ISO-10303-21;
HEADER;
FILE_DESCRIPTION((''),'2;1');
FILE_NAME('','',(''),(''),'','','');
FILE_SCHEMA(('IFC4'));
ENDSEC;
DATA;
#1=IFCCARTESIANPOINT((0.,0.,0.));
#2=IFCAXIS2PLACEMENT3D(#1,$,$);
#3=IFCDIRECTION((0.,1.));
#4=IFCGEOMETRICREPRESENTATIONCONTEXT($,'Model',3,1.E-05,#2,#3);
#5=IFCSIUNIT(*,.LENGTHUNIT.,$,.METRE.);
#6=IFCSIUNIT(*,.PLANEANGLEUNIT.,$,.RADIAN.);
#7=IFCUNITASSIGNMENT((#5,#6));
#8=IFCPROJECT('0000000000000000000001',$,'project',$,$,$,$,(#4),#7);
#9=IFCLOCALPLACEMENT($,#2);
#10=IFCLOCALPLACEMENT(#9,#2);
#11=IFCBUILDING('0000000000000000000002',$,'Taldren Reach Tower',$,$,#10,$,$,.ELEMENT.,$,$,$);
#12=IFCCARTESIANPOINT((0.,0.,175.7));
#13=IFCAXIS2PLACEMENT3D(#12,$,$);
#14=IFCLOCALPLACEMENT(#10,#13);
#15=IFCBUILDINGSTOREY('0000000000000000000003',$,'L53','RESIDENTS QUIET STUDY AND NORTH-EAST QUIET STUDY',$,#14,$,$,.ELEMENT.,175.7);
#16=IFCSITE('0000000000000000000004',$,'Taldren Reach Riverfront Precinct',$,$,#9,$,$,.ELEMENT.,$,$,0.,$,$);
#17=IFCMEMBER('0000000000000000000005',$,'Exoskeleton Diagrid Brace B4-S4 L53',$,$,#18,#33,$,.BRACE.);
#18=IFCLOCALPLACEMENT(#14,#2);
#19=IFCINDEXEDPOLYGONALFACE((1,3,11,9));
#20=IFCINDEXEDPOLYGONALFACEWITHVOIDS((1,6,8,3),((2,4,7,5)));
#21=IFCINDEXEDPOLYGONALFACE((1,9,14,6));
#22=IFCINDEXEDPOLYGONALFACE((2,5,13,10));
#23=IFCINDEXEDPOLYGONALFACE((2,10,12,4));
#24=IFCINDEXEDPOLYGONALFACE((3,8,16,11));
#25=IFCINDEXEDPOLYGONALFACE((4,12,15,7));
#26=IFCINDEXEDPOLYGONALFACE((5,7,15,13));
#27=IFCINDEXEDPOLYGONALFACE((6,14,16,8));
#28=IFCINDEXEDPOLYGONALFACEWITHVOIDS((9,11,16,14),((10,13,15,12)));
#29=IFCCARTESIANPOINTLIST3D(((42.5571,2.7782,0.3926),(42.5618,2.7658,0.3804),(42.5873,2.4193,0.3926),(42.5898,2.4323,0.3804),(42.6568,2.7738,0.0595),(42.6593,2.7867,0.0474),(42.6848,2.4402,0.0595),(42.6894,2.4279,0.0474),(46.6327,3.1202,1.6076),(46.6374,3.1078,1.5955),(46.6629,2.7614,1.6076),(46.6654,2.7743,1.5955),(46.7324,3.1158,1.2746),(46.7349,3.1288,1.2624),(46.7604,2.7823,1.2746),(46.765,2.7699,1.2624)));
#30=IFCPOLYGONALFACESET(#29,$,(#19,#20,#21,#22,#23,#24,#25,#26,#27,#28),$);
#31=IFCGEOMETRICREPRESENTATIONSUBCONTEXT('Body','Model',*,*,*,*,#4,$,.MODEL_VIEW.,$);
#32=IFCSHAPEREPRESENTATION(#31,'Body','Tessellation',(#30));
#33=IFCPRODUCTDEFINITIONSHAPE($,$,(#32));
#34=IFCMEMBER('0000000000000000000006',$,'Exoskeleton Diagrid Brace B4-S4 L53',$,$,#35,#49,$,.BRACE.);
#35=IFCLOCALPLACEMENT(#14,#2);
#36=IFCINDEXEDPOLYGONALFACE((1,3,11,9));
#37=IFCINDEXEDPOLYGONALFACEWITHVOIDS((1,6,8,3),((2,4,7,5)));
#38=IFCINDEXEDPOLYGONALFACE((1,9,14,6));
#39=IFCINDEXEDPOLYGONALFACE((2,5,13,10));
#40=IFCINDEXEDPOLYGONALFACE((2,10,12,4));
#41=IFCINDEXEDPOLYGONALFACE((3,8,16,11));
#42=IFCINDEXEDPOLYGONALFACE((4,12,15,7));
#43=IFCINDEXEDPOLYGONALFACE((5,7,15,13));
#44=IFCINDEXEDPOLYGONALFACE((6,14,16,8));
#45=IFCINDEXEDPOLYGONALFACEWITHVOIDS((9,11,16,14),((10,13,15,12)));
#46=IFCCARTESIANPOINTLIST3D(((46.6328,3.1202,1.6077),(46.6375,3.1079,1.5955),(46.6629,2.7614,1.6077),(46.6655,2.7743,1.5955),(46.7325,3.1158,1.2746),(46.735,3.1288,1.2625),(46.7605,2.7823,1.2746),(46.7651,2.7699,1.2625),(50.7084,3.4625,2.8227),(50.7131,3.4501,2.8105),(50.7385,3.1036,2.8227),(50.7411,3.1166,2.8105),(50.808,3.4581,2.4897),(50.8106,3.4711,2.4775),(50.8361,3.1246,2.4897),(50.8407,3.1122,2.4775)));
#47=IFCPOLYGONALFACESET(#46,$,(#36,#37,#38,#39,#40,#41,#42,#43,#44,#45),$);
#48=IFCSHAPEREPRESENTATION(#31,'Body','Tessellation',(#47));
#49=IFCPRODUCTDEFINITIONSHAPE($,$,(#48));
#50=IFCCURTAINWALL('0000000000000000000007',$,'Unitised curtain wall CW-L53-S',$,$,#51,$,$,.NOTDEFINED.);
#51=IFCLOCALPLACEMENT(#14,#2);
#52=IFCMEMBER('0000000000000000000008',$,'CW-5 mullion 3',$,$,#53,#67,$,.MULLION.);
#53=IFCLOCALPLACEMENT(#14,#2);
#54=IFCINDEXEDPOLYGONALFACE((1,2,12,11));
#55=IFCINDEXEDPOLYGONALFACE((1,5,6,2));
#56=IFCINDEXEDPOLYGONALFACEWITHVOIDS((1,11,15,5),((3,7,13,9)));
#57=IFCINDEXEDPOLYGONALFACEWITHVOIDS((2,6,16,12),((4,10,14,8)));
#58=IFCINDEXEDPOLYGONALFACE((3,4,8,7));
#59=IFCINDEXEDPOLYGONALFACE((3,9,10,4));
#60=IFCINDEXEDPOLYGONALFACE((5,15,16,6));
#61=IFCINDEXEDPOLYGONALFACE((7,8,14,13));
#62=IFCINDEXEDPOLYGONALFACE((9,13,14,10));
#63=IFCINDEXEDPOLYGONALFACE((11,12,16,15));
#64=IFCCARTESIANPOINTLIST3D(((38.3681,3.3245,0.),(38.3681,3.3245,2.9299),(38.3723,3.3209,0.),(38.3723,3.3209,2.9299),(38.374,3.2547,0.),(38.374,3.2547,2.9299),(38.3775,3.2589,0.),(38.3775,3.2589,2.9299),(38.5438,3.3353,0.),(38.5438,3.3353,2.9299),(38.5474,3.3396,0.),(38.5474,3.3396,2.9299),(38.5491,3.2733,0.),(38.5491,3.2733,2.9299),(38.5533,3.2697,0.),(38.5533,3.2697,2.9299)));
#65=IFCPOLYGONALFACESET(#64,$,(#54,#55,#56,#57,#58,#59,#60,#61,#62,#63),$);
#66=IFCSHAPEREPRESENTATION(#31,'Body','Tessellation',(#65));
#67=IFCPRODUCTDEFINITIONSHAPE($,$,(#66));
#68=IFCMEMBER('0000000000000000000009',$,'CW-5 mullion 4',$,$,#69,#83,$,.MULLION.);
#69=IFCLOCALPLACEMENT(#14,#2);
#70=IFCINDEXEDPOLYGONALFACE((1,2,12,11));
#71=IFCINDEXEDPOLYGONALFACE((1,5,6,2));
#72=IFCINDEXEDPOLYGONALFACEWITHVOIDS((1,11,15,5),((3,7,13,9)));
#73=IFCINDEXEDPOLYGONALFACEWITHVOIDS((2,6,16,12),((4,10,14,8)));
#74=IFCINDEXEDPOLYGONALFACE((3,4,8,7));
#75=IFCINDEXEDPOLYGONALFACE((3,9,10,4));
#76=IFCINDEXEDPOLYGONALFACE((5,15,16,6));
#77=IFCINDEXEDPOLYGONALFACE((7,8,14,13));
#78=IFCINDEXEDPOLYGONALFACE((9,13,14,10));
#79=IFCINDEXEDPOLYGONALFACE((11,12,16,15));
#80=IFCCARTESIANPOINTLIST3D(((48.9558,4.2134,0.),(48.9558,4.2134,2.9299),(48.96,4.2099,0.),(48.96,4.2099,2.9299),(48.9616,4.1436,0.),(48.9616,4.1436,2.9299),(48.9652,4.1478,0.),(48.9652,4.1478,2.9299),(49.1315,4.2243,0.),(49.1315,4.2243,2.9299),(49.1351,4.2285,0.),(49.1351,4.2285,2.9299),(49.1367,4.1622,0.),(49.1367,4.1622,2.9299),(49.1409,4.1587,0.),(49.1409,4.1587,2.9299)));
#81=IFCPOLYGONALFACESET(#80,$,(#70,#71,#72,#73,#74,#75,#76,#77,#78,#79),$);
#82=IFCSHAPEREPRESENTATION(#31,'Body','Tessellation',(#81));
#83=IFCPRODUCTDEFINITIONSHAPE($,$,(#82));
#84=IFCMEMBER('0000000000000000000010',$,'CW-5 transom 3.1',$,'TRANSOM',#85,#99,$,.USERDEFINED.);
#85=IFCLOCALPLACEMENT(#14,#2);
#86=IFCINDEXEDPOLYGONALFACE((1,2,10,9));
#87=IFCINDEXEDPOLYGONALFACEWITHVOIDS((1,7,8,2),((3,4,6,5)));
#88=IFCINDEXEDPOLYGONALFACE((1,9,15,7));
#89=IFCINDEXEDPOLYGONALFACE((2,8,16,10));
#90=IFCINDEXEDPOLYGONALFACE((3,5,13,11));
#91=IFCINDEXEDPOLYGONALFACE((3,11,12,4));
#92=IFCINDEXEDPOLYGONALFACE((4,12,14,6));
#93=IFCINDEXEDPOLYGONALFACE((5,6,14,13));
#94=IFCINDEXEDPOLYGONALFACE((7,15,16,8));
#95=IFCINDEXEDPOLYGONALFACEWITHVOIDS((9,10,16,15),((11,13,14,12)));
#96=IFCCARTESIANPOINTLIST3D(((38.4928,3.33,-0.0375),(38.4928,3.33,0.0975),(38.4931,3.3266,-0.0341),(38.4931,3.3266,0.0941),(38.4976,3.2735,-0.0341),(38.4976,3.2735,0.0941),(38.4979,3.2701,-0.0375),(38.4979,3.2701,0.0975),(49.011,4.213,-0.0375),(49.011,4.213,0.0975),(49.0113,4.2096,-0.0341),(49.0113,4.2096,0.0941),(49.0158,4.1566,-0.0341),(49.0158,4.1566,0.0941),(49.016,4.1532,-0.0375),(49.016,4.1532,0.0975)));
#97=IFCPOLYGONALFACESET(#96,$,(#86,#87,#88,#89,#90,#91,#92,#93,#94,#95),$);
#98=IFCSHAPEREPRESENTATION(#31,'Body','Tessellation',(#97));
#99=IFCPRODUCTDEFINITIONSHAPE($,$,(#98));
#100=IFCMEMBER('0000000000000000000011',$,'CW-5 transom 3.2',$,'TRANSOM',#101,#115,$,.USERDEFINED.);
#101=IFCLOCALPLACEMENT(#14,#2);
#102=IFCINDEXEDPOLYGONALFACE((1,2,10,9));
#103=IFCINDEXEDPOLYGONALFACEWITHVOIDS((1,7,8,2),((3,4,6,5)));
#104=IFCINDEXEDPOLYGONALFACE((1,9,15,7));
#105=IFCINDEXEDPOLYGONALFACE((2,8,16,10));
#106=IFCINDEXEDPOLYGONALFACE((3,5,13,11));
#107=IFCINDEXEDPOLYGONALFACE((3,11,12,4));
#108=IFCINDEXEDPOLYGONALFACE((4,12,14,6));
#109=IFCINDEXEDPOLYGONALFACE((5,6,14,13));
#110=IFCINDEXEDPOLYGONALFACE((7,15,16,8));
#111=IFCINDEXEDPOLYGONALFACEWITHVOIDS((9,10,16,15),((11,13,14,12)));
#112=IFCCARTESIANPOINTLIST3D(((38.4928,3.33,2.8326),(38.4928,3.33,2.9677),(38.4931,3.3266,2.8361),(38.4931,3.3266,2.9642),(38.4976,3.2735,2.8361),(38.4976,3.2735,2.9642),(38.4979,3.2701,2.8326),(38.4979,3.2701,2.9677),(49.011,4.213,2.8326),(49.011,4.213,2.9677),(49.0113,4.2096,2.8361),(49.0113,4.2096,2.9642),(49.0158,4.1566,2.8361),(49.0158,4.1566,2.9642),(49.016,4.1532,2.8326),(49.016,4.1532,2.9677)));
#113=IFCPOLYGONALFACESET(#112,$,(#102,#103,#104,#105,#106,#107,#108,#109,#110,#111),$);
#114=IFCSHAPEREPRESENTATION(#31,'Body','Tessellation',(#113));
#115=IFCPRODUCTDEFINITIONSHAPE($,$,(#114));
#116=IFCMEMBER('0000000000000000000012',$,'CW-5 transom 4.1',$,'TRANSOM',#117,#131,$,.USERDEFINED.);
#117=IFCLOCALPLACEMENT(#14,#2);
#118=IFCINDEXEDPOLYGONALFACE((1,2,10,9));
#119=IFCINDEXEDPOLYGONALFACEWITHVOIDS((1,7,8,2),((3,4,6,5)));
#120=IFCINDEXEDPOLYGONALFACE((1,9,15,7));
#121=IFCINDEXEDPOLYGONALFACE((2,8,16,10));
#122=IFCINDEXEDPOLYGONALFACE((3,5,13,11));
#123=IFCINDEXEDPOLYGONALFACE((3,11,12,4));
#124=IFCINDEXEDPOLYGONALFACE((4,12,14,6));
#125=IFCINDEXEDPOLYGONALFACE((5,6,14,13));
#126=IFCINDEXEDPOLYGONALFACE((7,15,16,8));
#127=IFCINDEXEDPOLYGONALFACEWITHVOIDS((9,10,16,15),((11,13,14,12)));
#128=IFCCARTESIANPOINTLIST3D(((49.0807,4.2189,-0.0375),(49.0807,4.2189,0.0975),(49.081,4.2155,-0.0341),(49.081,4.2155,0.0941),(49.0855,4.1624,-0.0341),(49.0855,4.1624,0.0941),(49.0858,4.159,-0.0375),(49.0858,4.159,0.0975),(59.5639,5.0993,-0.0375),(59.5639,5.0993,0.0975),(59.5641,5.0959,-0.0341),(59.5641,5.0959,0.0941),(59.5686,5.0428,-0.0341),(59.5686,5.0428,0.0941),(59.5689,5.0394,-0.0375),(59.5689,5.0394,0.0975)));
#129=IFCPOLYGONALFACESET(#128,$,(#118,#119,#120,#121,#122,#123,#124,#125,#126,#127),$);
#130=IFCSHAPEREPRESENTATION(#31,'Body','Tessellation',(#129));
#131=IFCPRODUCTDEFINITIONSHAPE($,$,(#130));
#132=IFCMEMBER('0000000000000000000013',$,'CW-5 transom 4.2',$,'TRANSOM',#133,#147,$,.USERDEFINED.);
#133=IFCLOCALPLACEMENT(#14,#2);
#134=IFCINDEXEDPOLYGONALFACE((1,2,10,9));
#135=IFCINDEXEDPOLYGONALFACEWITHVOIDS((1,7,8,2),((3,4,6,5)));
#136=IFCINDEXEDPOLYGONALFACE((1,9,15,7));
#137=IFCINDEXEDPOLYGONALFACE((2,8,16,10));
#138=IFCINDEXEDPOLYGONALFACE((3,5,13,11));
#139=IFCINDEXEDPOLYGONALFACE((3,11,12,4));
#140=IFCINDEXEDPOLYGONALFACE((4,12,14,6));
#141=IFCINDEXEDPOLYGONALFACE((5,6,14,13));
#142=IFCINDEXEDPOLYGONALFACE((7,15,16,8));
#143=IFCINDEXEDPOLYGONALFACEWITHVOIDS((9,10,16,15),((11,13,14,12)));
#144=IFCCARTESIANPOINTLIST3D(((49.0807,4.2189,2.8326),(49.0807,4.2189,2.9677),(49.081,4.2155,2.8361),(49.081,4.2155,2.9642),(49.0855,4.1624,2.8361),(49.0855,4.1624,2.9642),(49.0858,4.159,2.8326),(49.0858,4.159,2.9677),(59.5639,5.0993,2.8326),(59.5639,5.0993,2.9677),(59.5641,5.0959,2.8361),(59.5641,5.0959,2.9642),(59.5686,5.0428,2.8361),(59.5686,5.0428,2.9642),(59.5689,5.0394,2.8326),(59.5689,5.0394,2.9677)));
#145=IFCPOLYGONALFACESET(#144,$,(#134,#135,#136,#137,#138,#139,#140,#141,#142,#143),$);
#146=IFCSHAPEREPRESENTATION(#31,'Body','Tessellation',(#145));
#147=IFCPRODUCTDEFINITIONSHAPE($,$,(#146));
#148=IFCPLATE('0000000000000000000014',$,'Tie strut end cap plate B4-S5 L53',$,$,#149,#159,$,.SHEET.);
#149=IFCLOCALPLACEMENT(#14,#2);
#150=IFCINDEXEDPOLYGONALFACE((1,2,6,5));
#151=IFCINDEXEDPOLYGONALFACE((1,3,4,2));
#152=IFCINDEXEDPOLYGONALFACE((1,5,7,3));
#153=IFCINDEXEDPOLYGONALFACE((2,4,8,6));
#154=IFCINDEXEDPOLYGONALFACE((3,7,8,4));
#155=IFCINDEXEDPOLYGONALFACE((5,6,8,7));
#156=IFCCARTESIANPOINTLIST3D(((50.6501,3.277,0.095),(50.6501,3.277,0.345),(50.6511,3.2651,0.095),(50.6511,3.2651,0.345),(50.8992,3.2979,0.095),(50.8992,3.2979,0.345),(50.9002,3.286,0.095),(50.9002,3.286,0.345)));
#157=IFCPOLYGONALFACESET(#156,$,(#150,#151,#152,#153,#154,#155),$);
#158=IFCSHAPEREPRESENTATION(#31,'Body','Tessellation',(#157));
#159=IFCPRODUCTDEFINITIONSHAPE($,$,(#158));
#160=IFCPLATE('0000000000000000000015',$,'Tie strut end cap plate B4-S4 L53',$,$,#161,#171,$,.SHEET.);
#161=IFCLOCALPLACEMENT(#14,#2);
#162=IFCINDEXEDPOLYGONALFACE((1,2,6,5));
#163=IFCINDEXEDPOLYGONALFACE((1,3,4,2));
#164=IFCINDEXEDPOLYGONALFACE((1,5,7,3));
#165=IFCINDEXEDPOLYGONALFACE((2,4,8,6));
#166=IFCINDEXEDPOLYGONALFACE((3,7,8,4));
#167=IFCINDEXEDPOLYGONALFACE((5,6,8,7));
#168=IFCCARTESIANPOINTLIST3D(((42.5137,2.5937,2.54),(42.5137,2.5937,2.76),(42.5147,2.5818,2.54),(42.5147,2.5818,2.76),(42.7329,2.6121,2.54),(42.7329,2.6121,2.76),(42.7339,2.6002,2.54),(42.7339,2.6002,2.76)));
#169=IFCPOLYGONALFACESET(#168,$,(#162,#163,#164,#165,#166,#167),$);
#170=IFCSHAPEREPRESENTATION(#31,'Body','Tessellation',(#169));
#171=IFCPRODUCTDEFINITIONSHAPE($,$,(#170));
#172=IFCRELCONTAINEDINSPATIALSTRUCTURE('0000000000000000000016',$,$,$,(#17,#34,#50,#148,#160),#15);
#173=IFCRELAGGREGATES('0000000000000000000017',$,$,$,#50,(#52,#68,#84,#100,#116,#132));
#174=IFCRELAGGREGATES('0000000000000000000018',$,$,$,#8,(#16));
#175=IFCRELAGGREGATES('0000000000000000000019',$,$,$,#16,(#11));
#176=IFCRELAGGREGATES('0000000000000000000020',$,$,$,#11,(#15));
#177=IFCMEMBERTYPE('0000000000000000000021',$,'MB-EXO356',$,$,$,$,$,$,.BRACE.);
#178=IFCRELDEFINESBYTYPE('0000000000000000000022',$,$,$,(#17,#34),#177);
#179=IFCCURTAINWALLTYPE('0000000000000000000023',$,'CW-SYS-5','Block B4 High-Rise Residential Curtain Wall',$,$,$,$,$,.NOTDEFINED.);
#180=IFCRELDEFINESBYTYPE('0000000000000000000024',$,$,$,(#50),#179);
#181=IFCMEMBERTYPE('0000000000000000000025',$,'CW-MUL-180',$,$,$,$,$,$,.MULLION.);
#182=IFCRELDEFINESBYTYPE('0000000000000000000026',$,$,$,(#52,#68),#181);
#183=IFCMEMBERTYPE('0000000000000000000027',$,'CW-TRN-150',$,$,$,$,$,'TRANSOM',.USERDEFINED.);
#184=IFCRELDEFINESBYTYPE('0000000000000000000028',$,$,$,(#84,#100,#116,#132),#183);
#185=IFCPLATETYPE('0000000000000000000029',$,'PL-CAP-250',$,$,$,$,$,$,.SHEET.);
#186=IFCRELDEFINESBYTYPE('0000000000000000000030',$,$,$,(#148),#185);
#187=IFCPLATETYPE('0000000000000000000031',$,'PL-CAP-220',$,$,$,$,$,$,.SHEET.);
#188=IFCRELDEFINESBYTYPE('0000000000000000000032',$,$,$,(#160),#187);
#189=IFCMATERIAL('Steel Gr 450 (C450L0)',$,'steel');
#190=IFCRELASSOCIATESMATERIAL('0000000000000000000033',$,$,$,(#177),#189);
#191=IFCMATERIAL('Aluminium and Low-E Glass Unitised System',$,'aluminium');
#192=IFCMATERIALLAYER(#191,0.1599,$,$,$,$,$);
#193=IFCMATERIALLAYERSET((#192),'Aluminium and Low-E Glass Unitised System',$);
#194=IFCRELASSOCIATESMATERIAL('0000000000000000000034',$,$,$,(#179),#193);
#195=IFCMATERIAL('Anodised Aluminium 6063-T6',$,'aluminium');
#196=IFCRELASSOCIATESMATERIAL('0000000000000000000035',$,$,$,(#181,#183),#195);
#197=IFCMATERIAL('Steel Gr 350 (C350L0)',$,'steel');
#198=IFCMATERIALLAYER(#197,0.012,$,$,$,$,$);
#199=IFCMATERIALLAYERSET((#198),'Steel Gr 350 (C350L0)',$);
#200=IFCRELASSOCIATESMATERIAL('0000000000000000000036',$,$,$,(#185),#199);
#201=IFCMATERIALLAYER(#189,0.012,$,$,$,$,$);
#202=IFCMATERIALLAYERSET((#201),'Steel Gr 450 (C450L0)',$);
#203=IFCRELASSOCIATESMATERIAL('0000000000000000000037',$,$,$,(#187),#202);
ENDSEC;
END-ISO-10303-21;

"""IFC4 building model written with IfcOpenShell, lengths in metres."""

from ifc_helpers import new_model, si_unit, direction, frame, origin, origin_2d, place, context, subcontext, project, spatial, rectangle, hollow_rectangle, extrude, source, transform, mapped, material, layer, layer_set, material_profile, profile_set, type_object, element, aggregate, save


model = new_model("IFC4")

# Units and contexts
model_context = context("Model", 3, precision=1e-05, world=origin(), true_north=direction((0.0, 1.0)))
body_context = subcontext(model_context, "Body", "Model", "MODEL_VIEW")
ifc_project = project(units=[si_unit("LENGTHUNIT", "METRE"), si_unit("PLANEANGLEUNIT", "RADIAN")], contexts=[model_context])

# Site, building, storey
site_placement = place(None, origin())
site = spatial("IfcSite", under=ifc_project, at=site_placement, Name="Taldren Reach Riverfront Precinct", CompositionType="ELEMENT", RefElevation=0.0)
building_placement = place(site_placement, origin())
building = spatial("IfcBuilding", under=site, at=building_placement, Name="Taldren Reach Tower", CompositionType="ELEMENT")
storey_placement = place(building_placement, frame((0.0, 0.0, 175.7)))
storey = spatial("IfcBuildingStorey", under=building, at=storey_placement, Name="L53", Description="RESIDENTS QUIET STUDY AND NORTH-EAST QUIET STUDY", CompositionType="ELEMENT", Elevation=175.7)

# Shared definitions
ifc_material_1 = material(Name="Steel Gr 350 (C350L0)", Category="steel")

# Members
ifc_material_2 = material(Name="Steel Gr 450 (C450L0)", Category="steel")
ifc_material_profile_1 = material_profile(ifc_material_2, hollow_rectangle(XDim=0.3601, YDim=0.3601, WallThickness=0.0127, at=origin_2d()), Name="360x360x12.7SHS")
ifc_profile_set_1 = profile_set([ifc_material_profile_1], Name="Steel Gr 450 (C450L0)")
member_type_1 = type_object("IfcMemberType", Name="MB-EXO356", PredefinedType="BRACE", material=ifc_profile_set_1)
shared_shape_1 = source(origin(), body_context, "Body", "SweptSolid", [
    extrude(hollow_rectangle(XDim=0.3601, YDim=0.3601, WallThickness=0.0127, at=origin_2d()), origin(), (0.0, 0.0, 1.0), 4.2666),
])
for number, where, z_axis, x_axis, name in (
    (1, (42.6233, 2.603, 0.22), (0.955234, 0.080165, 0.284785), (-0.083628, 0.996497, 0.0), "Exoskeleton Diagrid Brace B4-S4 L53"),
    (2, (46.699, 2.9451, 1.4351), (0.955229, 0.080222, 0.284783), (-0.083688, 0.996492, 0.0), "Exoskeleton Diagrid Brace B4-S4 L53"),
):
    element("IfcMember", number, at=place(storey_placement, frame(where, z_axis=z_axis, x_axis=x_axis)), inside=storey, type_object=member_type_1, Name=name, PredefinedType="BRACE", context=body_context, shape_type="MappedRepresentation", body=[
        mapped(shared_shape_1, transform((0.0, 0.0, 0.0), scale=1.0)),
    ])

# Curtain wall, members
ifc_material_3 = material(Name="Aluminium and Low-E Glass Unitised System", Category="aluminium")
ifc_layer_1 = layer(ifc_material_3, 0.1599)
ifc_layer_set_1 = layer_set([ifc_layer_1], Name="Aluminium and Low-E Glass Unitised System")
curtain_wall_type = type_object("IfcCurtainWallType", Name="CW-SYS-5", Description="Block B4 High-Rise Residential Curtain Wall", PredefinedType="NOTDEFINED", material=ifc_layer_set_1)
curtain_wall_placement = place(storey_placement, origin())
curtain_wall = element("IfcCurtainWall", 3, at=curtain_wall_placement, inside=storey, type_object=curtain_wall_type, Name="Unitised curtain wall CW-L53-S", PredefinedType="NOTDEFINED")
ifc_material_4 = material(Name="Anodised Aluminium 6063-T6", Category="aluminium")
ifc_material_profile_2 = material_profile(ifc_material_4, hollow_rectangle(XDim=0.0701, YDim=0.1799, WallThickness=0.0039, at=origin_2d()), Name="ALU-180x70x4RHS")
ifc_profile_set_2 = profile_set([ifc_material_profile_2], Name="Anodised Aluminium 6063-T6")
member_type_2 = type_object("IfcMemberType", Name="CW-MUL-180", PredefinedType="MULLION", material=ifc_profile_set_2)
shared_shape_2 = source(origin(), body_context, "Body", "SweptSolid", [
    extrude(hollow_rectangle(XDim=0.0701, YDim=0.1799, WallThickness=0.0039, at=origin_2d()), origin(), (0.0, 0.0, 1.0), 2.9299),
])
member_1_placement = place(storey_placement, frame((38.4607, 3.2971, 0.0), z_axis=(0.0, 0.0, 1.0), x_axis=(-0.083678, 0.996493, 0.0)))
member_1 = element("IfcMember", 4, at=member_1_placement, type_object=member_type_2, Name="CW-5 mullion 3", PredefinedType="MULLION", context=body_context, shape_type="MappedRepresentation", body=[
    mapped(shared_shape_2, transform((0.0, 0.0, 0.0), scale=1.0)),
])
member_2_placement = place(storey_placement, frame((49.0483, 4.186, 0.0), z_axis=(0.0, 0.0, 1.0), x_axis=(-0.083678, 0.996493, 0.0)))
member_2 = element("IfcMember", 5, at=member_2_placement, type_object=member_type_2, Name="CW-5 mullion 4", PredefinedType="MULLION", context=body_context, shape_type="MappedRepresentation", body=[
    mapped(shared_shape_2, transform((0.0, 0.0, 0.0), scale=1.0)),
])
ifc_material_profile_3 = material_profile(ifc_material_4, hollow_rectangle(XDim=0.0601, YDim=0.135, WallThickness=0.0034, at=origin_2d()), Name="ALU-135x60x3.5RHS")
ifc_profile_set_3 = profile_set([ifc_material_profile_3], Name="Anodised Aluminium 6063-T6")
member_type_3 = type_object("IfcMemberType", Name="CW-TRN-150", ElementType="TRANSOM", PredefinedType="USERDEFINED", material=ifc_profile_set_3)
shared_shape_3 = source(origin(), body_context, "Body", "SweptSolid", [
    extrude(hollow_rectangle(XDim=0.0601, YDim=0.135, WallThickness=0.0034, at=origin_2d()), origin(), (0.0, 0.0, 1.0), 10.5552),
])
member_3_placement = place(storey_placement, frame((38.4954, 3.3, 0.03), z_axis=(0.996494, 0.083662, 0.0), x_axis=(-0.083662, 0.996494, 0.0)))
member_3 = element("IfcMember", 6, at=member_3_placement, type_object=member_type_3, Name="CW-5 transom 3.1", ObjectType="TRANSOM", PredefinedType="USERDEFINED", context=body_context, shape_type="MappedRepresentation", body=[
    mapped(shared_shape_3, transform((0.0, 0.0, 0.0), scale=1.0)),
])
member_4_placement = place(storey_placement, frame((38.4954, 3.3, 2.9001), z_axis=(0.996494, 0.083662, 0.0), x_axis=(-0.083662, 0.996494, 0.0)))
member_4 = element("IfcMember", 7, at=member_4_placement, type_object=member_type_3, Name="CW-5 transom 3.2", ObjectType="TRANSOM", PredefinedType="USERDEFINED", context=body_context, shape_type="MappedRepresentation", body=[
    mapped(shared_shape_3, transform((0.0, 0.0, 0.0), scale=1.0)),
])
shared_shape_4 = source(origin(), body_context, "Body", "SweptSolid", [
    extrude(hollow_rectangle(XDim=0.0601, YDim=0.135, WallThickness=0.0034, at=origin_2d()), origin(), (0.0, 0.0, 1.0), 10.52),
])
member_5_placement = place(storey_placement, frame((49.0833, 4.189, 0.03), z_axis=(0.996492, 0.083685, 0.0), x_axis=(-0.083685, 0.996492, 0.0)))
member_5 = element("IfcMember", 8, at=member_5_placement, type_object=member_type_3, Name="CW-5 transom 4.1", ObjectType="TRANSOM", PredefinedType="USERDEFINED", context=body_context, shape_type="MappedRepresentation", body=[
    mapped(shared_shape_4, transform((0.0, 0.0, 0.0), scale=1.0)),
])
member_6_placement = place(storey_placement, frame((49.0833, 4.189, 2.9001), z_axis=(0.996492, 0.083685, 0.0), x_axis=(-0.083685, 0.996492, 0.0)))
member_6 = element("IfcMember", 9, at=member_6_placement, type_object=member_type_3, Name="CW-5 transom 4.2", ObjectType="TRANSOM", PredefinedType="USERDEFINED", context=body_context, shape_type="MappedRepresentation", body=[
    mapped(shared_shape_4, transform((0.0, 0.0, 0.0), scale=1.0)),
])

# Plates
ifc_layer_2 = layer(ifc_material_1, 0.012)
ifc_layer_set_2 = layer_set([ifc_layer_2], Name="Steel Gr 350 (C350L0)")
plate_type_1 = type_object("IfcPlateType", Name="PL-CAP-250", PredefinedType="SHEET", material=ifc_layer_set_2)
shared_shape_5 = source(origin(), body_context, "Body", "SweptSolid", [
    extrude(rectangle(XDim=0.25, YDim=0.012, at=origin_2d()), origin(), (0.0, 0.0, 1.0), 0.25),
])
plate_1_placement = place(storey_placement, frame((50.7751, 3.2815, 0.095), z_axis=(0.0, 0.0, 1.0), x_axis=(0.996493, 0.083678, 0.0)))
element("IfcPlate", 10, at=plate_1_placement, inside=storey, type_object=plate_type_1, Name="Tie strut end cap plate B4-S5 L53", PredefinedType="SHEET", context=body_context, shape_type="MappedRepresentation", body=[
    mapped(shared_shape_5, transform((0.0, 0.0, 0.0), scale=1.0)),
])
ifc_layer_3 = layer(ifc_material_2, 0.012)
ifc_layer_set_3 = layer_set([ifc_layer_3], Name="Steel Gr 450 (C450L0)")
plate_type_2 = type_object("IfcPlateType", Name="PL-CAP-220", PredefinedType="SHEET", material=ifc_layer_set_3)
shared_shape_6 = source(origin(), body_context, "Body", "SweptSolid", [
    extrude(rectangle(XDim=0.22, YDim=0.012, at=origin_2d()), origin(), (0.0, 0.0, 1.0), 0.22),
])
plate_2_placement = place(storey_placement, frame((42.6238, 2.5969, 2.54), z_axis=(0.0, 0.0, 1.0), x_axis=(0.996493, 0.083678, 0.0)))
element("IfcPlate", 11, at=plate_2_placement, inside=storey, type_object=plate_type_2, Name="Tie strut end cap plate B4-S4 L53", PredefinedType="SHEET", context=body_context, shape_type="MappedRepresentation", body=[
    mapped(shared_shape_6, transform((0.0, 0.0, 0.0), scale=1.0)),
])

aggregate(curtain_wall, [member_1, member_2, member_3, member_4, member_5, member_6])

save(model, "model.ifc")
